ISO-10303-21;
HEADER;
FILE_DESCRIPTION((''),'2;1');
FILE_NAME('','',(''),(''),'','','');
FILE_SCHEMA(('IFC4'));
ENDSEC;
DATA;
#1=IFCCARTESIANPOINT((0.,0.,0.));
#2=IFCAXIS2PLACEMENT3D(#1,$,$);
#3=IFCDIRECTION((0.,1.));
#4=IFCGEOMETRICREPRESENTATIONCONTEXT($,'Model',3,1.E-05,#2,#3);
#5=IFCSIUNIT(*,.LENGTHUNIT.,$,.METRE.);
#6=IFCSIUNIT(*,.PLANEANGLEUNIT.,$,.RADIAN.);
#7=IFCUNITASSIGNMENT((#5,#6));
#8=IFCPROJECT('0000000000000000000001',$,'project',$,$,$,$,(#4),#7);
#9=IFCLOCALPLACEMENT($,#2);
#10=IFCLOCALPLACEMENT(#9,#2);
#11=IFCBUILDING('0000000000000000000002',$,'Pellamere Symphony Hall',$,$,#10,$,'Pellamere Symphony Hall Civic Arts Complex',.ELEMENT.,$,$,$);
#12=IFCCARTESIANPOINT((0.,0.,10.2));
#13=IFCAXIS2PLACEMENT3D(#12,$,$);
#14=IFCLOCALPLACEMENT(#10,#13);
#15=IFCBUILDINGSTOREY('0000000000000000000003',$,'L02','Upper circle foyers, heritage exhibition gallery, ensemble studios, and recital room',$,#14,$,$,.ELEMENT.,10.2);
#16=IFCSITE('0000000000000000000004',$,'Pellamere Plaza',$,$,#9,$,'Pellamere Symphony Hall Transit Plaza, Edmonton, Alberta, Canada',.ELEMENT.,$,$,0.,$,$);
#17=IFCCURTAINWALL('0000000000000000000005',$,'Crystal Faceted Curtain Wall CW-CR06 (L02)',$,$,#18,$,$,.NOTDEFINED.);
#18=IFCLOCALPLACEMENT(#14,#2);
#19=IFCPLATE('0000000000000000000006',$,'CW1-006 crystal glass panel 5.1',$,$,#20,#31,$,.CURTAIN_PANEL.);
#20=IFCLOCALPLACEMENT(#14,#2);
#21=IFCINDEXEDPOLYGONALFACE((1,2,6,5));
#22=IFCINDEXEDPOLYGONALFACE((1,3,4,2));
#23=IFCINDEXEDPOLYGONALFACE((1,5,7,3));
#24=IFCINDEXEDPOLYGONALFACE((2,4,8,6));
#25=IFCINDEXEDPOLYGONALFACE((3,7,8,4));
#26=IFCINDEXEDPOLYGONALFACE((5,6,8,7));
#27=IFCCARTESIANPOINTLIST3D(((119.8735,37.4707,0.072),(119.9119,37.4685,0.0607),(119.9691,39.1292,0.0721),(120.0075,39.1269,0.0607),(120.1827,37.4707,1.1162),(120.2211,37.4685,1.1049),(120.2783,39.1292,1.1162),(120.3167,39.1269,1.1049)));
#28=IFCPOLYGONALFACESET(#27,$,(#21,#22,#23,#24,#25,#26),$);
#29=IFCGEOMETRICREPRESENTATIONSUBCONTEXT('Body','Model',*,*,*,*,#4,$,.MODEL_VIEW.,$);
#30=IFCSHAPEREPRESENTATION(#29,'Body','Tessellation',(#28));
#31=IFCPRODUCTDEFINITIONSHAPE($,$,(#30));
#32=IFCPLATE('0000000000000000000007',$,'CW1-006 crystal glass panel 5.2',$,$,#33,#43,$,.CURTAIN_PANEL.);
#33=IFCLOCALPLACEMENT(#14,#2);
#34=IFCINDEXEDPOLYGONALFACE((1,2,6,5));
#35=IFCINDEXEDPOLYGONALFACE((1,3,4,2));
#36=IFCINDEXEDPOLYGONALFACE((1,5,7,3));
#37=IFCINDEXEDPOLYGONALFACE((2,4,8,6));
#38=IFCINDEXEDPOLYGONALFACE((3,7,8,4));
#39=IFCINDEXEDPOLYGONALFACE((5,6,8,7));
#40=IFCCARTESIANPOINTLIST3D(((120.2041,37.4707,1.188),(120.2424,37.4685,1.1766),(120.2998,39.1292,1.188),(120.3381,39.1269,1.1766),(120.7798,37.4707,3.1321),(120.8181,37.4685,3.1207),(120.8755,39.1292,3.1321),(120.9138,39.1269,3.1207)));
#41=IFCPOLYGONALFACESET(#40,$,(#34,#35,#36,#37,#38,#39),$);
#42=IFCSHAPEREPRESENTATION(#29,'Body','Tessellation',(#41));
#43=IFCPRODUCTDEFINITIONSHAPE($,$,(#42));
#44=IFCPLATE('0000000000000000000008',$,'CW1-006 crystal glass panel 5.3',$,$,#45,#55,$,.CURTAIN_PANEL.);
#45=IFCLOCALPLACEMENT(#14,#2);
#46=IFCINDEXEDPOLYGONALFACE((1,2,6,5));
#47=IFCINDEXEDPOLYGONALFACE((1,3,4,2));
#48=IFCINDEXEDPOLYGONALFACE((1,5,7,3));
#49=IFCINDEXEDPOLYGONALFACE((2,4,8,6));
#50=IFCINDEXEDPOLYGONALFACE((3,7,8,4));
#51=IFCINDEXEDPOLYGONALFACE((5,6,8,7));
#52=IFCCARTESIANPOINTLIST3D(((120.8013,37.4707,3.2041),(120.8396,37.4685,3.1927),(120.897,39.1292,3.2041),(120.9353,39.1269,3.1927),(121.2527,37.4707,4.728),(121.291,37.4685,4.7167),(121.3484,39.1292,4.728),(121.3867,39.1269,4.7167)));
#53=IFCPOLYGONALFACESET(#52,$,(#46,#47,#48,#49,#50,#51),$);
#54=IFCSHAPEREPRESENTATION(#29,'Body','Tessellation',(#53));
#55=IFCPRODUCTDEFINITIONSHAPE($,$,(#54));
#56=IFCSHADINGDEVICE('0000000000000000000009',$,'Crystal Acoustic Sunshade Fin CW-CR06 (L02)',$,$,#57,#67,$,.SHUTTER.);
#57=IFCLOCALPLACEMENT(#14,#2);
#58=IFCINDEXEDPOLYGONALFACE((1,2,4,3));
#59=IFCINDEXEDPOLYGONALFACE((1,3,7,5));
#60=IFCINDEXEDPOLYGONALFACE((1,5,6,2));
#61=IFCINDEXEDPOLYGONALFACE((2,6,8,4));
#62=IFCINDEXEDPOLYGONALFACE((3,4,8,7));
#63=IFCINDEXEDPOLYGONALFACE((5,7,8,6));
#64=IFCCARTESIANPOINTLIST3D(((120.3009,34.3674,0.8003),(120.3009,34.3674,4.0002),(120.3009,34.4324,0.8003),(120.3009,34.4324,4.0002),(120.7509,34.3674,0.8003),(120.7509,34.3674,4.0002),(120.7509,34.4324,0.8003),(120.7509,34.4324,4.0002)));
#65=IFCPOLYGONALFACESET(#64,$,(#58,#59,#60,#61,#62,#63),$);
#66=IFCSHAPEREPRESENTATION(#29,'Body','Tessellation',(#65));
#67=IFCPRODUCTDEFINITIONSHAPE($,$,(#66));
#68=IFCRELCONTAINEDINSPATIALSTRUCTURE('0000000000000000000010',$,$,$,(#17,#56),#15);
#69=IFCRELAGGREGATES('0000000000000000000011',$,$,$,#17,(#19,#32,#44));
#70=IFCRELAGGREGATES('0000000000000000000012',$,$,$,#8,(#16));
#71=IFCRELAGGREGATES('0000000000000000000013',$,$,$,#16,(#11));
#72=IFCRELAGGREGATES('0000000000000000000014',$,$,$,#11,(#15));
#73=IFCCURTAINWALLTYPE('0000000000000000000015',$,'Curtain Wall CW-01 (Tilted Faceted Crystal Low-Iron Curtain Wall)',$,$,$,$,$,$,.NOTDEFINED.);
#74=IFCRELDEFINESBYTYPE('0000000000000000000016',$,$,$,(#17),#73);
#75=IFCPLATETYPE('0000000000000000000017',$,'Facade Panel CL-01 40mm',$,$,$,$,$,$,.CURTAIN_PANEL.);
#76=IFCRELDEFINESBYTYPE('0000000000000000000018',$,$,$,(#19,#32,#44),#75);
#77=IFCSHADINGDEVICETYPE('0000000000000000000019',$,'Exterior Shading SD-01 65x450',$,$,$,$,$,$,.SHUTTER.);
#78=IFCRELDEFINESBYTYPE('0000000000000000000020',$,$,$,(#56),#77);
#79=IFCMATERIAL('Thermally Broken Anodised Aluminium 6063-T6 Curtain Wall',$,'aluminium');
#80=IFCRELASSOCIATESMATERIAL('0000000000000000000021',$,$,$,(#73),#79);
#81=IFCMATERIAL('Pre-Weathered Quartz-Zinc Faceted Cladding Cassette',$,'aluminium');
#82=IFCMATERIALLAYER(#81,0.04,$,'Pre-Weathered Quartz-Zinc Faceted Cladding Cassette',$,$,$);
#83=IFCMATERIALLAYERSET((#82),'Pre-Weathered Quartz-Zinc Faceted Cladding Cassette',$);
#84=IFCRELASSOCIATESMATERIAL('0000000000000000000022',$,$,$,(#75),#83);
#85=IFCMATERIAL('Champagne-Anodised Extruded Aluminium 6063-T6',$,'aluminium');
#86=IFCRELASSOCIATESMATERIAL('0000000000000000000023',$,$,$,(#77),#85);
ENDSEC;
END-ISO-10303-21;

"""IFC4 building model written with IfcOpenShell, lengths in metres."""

from ifc_helpers import new_model, si_unit, direction, frame, origin, origin_2d, place, context, subcontext, project, spatial, polyline, rectangle, outline, extrude, material, layer, layer_set, type_object, element, aggregate, save


model = new_model("IFC4")

# Units and contexts
model_context = context("Model", 3, precision=1e-05, world=origin(), true_north=direction((0.0, 1.0)))
body_context = subcontext(model_context, "Body", "Model", "MODEL_VIEW")
ifc_project = project(units=[si_unit("LENGTHUNIT", "METRE"), si_unit("PLANEANGLEUNIT", "RADIAN")], contexts=[model_context])

# Site, building, storey
site_placement = place(None, origin())
site = spatial("IfcSite", under=ifc_project, at=site_placement, Name="Pellamere Plaza", LongName="Pellamere Symphony Hall Transit Plaza, Edmonton, Alberta, Canada", CompositionType="ELEMENT", RefElevation=0.0)
building_placement = place(site_placement, origin())
building = spatial("IfcBuilding", under=site, at=building_placement, Name="Pellamere Symphony Hall", LongName="Pellamere Symphony Hall Civic Arts Complex", CompositionType="ELEMENT")
storey_placement = place(building_placement, frame((0.0, 0.0, 10.2)))
storey = spatial("IfcBuildingStorey", under=building, at=storey_placement, Name="L02", Description="Upper circle foyers, heritage exhibition gallery, ensemble studios, and recital room", CompositionType="ELEMENT", Elevation=10.2)

# Curtain wall
ifc_material_1 = material(Name="Thermally Broken Anodised Aluminium 6063-T6 Curtain Wall", Category="aluminium")
curtain_wall_type = type_object("IfcCurtainWallType", Name="Curtain Wall CW-01 (Tilted Faceted Crystal Low-Iron Curtain Wall)", PredefinedType="NOTDEFINED", material=ifc_material_1)
curtain_wall_placement = place(storey_placement, origin())
curtain_wall = element("IfcCurtainWall", 1, at=curtain_wall_placement, inside=storey, type_object=curtain_wall_type, Name="Crystal Faceted Curtain Wall CW-CR06 (L02)", PredefinedType="NOTDEFINED")

# Plates
ifc_material_2 = material(Name="Pre-Weathered Quartz-Zinc Faceted Cladding Cassette", Category="aluminium")
ifc_layer = layer(ifc_material_2, 0.04, Name="Pre-Weathered Quartz-Zinc Faceted Cladding Cassette")
ifc_layer_set = layer_set([ifc_layer], Name="Pre-Weathered Quartz-Zinc Faceted Cladding Cassette")
plate_type = type_object("IfcPlateType", Name="Facade Panel CL-01 40mm", PredefinedType="CURTAIN_PANEL", material=ifc_layer_set)
plate_1_placement = place(storey_placement, frame((119.8735, 37.4707, 0.072), z_axis=(-0.957384, 0.055177, 0.283499), x_axis=(0.057543, 0.998343, 0.00002)))
plate_1 = element("IfcPlate", 2, at=plate_1_placement, type_object=plate_type, Name="CW1-006 crystal glass panel 5.1", PredefinedType="CURTAIN_PANEL", context=body_context, shape_type="SweptSolid", body=[
    extrude(outline(polyline([(0.0, 0.0), (1.6612, 0.0), (1.679, -1.0888), (0.0178, -1.0889), (0.0, 0.0)])), origin(), (0.0, 0.0, -1.0), 0.04),
])
plate_2_placement = place(storey_placement, frame((120.2041, 37.4707, 1.188), z_axis=(-0.95738, 0.055247, 0.283499), x_axis=(0.057611, 0.998339, 0.0)))
plate_2 = element("IfcPlate", 3, at=plate_2_placement, type_object=plate_type, Name="CW1-006 crystal glass panel 5.2", PredefinedType="CURTAIN_PANEL", context=body_context, shape_type="SweptSolid", body=[
    extrude(outline(polyline([(0.0, 0.0), (1.6612, 0.0), (1.6944, -2.0273), (0.0332, -2.0273), (0.0, 0.0)])), origin(), (0.0, 0.0, -1.0), 0.04),
])
plate_3_placement = place(storey_placement, frame((120.8013, 37.4707, 3.2041), z_axis=(-0.957354, 0.055246, 0.283587), x_axis=(0.057611, 0.998339, 0.0)))
plate_3 = element("IfcPlate", 4, at=plate_3_placement, type_object=plate_type, Name="CW1-006 crystal glass panel 5.3", PredefinedType="CURTAIN_PANEL", context=body_context, shape_type="SweptSolid", body=[
    extrude(outline(polyline([(0.0, 0.0), (1.6612, 0.0), (1.6872, -1.5892), (0.026, -1.5892), (0.0, 0.0)])), origin(), (0.0, 0.0, -1.0), 0.04),
])
aggregate(curtain_wall, [plate_1, plate_2, plate_3])

# Shading device
ifc_material_3 = material(Name="Champagne-Anodised Extruded Aluminium 6063-T6", Category="aluminium")
shading_device_type = type_object("IfcShadingDeviceType", Name="Exterior Shading SD-01 65x450", PredefinedType="SHUTTER", material=ifc_material_3)
shading_device_placement = place(storey_placement, frame((120.5259, 34.3999, 0.8003), z_axis=(0.0, 0.0, 1.0), x_axis=(0.0, 1.0, 0.0)))
element("IfcShadingDevice", 5, at=shading_device_placement, inside=storey, type_object=shading_device_type, Name="Crystal Acoustic Sunshade Fin CW-CR06 (L02)", PredefinedType="SHUTTER", context=body_context, shape_type="SweptSolid", body=[
    extrude(rectangle(XDim=0.0649, YDim=0.45, at=origin_2d()), origin(), (0.0, 0.0, 1.0), 3.2),
])

save(model, "model.ifc")
